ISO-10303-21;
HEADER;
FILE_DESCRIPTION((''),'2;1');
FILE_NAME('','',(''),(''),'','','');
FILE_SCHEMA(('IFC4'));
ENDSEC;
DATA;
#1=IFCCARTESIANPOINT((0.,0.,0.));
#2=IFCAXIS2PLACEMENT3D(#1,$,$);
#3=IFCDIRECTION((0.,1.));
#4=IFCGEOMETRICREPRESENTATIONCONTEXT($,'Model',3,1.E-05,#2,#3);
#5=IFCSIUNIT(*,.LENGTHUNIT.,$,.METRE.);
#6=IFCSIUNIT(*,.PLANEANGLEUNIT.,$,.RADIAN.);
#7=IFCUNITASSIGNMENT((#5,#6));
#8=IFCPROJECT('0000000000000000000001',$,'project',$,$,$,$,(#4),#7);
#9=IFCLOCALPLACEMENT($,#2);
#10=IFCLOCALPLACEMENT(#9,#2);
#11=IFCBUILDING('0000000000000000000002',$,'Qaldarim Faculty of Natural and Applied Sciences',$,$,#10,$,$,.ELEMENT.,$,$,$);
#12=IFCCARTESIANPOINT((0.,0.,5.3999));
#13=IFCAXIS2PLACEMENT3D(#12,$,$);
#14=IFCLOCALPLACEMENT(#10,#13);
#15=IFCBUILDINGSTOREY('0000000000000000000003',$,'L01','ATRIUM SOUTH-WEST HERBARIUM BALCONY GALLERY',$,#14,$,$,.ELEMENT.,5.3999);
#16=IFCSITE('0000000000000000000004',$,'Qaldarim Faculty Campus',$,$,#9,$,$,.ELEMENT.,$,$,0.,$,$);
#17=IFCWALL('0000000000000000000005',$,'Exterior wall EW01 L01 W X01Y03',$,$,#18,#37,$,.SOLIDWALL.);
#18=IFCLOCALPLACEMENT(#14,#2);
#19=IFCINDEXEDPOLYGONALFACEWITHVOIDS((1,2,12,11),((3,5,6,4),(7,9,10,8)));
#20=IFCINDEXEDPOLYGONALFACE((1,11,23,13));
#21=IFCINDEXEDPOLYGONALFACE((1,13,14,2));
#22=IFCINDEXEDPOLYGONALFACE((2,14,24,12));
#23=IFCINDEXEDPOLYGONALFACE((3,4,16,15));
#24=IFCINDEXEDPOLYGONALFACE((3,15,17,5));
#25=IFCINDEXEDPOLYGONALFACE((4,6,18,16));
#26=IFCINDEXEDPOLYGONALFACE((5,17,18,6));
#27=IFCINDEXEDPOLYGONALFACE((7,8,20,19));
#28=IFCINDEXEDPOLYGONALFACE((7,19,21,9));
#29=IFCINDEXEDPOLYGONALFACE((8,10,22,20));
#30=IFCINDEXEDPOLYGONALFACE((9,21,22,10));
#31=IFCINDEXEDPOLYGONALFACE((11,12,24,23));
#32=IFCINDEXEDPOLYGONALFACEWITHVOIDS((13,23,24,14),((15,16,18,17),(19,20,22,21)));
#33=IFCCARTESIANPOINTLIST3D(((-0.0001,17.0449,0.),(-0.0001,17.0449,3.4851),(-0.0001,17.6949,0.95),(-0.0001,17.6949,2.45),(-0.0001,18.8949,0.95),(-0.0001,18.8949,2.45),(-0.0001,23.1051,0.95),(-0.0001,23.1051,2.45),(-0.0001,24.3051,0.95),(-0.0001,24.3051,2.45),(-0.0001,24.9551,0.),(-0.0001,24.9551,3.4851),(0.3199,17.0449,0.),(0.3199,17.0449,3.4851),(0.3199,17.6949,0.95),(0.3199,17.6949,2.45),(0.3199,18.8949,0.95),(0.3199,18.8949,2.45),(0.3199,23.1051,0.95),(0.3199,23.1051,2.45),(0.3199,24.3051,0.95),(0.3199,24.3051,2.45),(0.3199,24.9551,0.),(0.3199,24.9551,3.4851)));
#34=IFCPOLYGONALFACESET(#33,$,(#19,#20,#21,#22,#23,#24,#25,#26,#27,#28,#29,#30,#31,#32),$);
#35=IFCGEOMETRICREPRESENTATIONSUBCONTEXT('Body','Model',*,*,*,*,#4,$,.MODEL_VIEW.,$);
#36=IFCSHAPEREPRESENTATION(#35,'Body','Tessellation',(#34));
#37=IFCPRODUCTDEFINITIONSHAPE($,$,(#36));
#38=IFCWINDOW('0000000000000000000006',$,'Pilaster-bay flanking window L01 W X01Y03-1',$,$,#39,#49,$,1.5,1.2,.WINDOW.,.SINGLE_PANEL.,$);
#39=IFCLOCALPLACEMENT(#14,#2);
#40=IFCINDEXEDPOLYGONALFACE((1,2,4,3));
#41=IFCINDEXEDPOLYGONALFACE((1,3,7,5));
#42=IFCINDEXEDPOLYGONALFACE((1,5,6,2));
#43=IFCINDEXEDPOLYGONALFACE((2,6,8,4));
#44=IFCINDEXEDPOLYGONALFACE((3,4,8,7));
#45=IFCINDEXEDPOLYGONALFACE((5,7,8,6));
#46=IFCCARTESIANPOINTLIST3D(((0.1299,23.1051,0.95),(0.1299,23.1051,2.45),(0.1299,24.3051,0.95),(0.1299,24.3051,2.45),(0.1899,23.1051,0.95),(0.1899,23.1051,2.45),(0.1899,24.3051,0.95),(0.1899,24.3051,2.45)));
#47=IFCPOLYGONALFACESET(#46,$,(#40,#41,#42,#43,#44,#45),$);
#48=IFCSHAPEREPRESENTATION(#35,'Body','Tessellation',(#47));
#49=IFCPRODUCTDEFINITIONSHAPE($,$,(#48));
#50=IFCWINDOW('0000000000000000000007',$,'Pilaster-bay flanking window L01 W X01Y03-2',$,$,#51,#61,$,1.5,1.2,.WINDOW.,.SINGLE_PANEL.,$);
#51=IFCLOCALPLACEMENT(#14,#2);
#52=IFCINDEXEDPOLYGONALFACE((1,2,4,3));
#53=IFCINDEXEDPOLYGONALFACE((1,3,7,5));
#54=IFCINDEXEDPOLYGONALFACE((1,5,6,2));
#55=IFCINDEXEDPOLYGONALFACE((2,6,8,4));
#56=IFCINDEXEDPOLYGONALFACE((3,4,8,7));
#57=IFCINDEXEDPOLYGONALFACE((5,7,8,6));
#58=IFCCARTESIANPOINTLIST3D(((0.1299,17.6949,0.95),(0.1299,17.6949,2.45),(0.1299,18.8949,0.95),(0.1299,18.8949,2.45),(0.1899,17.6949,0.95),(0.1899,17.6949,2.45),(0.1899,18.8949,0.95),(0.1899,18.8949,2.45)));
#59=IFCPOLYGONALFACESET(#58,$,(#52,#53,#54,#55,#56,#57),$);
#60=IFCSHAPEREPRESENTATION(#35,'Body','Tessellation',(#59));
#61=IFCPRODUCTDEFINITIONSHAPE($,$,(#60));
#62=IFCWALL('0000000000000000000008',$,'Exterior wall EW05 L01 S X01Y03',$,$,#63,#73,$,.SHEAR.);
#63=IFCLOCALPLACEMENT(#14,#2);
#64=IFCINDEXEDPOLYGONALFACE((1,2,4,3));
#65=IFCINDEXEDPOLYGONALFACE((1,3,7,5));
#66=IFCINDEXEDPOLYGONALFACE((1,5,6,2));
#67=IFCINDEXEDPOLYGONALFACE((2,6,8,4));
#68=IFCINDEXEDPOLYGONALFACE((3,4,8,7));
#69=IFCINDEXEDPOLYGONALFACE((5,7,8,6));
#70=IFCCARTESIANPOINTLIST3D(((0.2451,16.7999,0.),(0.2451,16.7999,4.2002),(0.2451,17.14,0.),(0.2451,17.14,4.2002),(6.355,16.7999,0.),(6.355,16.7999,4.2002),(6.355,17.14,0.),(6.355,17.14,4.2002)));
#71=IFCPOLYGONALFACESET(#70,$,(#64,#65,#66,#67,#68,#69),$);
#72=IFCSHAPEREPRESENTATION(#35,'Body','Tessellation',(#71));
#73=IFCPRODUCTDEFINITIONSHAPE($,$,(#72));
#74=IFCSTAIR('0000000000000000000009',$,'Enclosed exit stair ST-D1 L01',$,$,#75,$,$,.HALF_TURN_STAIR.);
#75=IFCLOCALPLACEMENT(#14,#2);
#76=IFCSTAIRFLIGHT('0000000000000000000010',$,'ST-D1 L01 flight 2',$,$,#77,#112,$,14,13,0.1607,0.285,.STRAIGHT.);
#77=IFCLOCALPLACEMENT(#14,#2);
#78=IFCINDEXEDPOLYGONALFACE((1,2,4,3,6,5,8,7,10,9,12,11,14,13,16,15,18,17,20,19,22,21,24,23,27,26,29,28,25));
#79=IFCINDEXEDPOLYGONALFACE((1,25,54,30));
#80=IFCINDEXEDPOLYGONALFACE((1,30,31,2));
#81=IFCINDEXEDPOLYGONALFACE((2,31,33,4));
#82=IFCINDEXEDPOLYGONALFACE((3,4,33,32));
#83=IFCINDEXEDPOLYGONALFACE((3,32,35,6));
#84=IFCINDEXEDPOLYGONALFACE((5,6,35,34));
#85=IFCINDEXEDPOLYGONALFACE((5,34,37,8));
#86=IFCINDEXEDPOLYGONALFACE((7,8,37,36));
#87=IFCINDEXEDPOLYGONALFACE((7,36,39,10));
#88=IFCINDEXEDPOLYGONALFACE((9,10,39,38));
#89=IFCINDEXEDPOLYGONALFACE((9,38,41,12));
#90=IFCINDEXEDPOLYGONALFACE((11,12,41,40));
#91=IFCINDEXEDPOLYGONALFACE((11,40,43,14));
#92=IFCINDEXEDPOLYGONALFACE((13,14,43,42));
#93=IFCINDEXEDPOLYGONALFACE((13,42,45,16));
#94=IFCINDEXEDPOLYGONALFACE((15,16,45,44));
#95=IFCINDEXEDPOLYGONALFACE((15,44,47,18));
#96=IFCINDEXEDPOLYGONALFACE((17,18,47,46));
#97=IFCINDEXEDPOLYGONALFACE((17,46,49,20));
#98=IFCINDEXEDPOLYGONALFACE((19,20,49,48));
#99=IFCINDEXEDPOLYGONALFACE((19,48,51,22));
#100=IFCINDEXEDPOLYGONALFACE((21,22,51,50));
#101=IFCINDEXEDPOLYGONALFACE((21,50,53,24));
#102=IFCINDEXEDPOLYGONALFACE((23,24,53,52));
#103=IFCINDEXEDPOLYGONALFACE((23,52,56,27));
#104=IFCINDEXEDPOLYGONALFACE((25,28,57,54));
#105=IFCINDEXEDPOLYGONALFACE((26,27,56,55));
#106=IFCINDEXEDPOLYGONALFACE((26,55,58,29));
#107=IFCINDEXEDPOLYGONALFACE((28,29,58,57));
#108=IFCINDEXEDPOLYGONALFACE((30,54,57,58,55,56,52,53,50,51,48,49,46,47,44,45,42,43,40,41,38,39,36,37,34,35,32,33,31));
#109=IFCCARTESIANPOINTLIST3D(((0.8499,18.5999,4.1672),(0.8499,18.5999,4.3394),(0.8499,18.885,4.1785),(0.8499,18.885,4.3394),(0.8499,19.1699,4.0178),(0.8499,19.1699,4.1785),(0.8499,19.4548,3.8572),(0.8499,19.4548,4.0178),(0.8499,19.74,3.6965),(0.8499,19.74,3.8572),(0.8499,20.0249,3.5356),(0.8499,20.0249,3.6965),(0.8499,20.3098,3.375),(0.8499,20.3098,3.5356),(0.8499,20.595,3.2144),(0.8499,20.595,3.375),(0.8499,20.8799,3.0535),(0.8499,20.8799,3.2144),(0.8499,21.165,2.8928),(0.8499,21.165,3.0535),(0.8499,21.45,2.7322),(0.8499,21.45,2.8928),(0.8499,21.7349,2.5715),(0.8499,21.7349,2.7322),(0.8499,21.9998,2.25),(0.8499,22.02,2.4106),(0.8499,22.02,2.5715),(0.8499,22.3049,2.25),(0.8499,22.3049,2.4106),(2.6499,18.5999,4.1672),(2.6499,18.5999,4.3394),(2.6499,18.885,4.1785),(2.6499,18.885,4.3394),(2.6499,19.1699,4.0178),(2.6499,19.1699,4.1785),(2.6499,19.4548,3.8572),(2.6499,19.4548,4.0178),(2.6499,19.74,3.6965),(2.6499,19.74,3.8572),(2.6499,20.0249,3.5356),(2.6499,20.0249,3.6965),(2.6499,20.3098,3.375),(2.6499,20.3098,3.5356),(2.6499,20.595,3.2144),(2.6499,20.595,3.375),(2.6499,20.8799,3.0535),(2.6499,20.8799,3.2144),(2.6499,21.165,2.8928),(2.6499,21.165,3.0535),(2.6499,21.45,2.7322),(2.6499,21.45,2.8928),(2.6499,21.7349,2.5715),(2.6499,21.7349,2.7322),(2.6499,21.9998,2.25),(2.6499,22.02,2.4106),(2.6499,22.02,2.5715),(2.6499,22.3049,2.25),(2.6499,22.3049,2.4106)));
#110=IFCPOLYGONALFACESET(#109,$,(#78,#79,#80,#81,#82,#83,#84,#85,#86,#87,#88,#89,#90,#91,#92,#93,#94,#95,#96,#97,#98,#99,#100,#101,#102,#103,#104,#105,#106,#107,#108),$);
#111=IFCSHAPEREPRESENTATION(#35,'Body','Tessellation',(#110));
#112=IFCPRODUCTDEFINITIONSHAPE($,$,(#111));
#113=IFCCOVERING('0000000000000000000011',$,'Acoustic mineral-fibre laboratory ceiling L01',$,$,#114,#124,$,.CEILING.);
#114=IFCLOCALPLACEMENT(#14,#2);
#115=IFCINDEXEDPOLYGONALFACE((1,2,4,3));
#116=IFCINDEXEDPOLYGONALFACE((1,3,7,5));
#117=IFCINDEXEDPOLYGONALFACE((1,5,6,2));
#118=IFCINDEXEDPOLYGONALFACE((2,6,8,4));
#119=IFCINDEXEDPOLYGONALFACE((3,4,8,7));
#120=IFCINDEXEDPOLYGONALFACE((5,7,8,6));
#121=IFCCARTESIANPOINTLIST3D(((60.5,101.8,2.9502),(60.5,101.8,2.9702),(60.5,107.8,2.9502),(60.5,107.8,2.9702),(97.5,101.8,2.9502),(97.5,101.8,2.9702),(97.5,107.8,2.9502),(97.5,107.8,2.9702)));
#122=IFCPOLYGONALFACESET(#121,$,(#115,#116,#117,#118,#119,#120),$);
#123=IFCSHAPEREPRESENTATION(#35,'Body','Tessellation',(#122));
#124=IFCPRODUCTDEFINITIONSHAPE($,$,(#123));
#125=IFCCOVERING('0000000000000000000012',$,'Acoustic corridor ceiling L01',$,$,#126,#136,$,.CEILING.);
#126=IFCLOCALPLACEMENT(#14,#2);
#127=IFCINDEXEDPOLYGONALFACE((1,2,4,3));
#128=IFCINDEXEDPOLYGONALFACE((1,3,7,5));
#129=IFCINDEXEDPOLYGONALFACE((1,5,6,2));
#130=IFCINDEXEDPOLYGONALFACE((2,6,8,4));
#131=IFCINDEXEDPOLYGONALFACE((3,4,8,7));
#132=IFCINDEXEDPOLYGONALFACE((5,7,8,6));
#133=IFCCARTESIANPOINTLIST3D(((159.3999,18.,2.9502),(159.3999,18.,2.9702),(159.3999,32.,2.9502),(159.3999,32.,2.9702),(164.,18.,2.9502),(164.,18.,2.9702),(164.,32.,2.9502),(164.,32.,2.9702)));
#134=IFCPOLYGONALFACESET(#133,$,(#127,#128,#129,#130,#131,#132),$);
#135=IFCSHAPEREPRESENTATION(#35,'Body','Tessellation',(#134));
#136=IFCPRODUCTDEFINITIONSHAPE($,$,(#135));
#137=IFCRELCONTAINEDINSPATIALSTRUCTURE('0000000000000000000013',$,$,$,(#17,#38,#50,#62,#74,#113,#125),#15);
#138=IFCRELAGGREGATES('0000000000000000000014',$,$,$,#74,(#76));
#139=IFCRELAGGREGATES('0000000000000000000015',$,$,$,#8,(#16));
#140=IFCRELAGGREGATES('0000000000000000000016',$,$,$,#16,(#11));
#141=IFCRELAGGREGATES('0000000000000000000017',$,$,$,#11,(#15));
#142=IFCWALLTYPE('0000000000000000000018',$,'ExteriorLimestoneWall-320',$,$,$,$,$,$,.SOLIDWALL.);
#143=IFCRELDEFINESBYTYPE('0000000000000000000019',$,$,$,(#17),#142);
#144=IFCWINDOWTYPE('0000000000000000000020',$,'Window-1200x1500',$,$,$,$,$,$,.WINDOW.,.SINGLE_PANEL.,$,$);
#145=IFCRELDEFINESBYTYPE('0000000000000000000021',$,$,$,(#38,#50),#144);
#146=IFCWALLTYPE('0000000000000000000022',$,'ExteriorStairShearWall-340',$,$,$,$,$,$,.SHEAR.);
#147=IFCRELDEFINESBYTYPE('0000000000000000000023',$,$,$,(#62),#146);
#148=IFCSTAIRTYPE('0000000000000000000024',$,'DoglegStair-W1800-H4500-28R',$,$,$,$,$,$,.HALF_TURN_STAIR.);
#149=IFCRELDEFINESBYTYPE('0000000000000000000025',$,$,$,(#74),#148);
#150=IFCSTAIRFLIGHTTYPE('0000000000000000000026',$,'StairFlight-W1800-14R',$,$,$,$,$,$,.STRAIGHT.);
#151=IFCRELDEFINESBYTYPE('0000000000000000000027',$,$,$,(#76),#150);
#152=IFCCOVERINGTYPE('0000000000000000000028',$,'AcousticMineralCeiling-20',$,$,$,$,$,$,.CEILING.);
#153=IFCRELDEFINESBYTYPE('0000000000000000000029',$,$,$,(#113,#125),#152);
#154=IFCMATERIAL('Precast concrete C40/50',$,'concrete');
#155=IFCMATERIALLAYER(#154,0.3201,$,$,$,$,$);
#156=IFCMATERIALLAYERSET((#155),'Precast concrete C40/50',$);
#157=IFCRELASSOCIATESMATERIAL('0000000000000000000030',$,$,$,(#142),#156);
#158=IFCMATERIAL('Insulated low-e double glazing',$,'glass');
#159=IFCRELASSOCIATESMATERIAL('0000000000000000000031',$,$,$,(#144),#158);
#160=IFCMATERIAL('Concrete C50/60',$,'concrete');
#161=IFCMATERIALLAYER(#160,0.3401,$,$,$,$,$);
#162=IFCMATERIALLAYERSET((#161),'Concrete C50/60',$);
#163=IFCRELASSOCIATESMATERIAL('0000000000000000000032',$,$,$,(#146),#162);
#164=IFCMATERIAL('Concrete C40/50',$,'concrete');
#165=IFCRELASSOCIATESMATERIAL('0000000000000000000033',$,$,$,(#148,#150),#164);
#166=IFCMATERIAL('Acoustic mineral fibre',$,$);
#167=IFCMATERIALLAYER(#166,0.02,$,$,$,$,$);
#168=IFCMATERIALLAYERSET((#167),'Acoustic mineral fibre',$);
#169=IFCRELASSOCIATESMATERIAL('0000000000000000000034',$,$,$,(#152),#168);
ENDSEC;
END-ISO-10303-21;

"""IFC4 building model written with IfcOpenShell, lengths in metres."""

from ifc_helpers import new_model, si_unit, direction, frame, frame_2d, origin, place, context, subcontext, project, spatial, polyline, rectangle, outline, extrude, material, layer, layer_set, type_object, element, fill, aggregate, save


model = new_model("IFC4")

# Units and contexts
model_context = context("Model", 3, precision=1e-05, world=origin(), true_north=direction((0.0, 1.0)))
body_context = subcontext(model_context, "Body", "Model", "MODEL_VIEW")
ifc_project = project(units=[si_unit("LENGTHUNIT", "METRE"), si_unit("PLANEANGLEUNIT", "RADIAN")], contexts=[model_context])

# Site, building, storey
site_placement = place(None, origin())
site = spatial("IfcSite", under=ifc_project, at=site_placement, Name="Qaldarim Faculty Campus", CompositionType="ELEMENT", RefElevation=0.0)
building_placement = place(site_placement, origin())
building = spatial("IfcBuilding", under=site, at=building_placement, Name="Qaldarim Faculty of Natural and Applied Sciences", CompositionType="ELEMENT")
storey_placement = place(building_placement, frame((0.0, 0.0, 5.3999)))
storey = spatial("IfcBuildingStorey", under=building, at=storey_placement, Name="L01", Description="ATRIUM SOUTH-WEST HERBARIUM BALCONY GALLERY", CompositionType="ELEMENT", Elevation=5.3999)

# Shared definitions
ifc_material_1 = material(Name="Concrete C50/60", Category="concrete")

# Shared definitions
ifc_material_2 = material(Name="Concrete C40/50", Category="concrete")

# Wall, openings, windows
ifc_material_3 = material(Name="Precast concrete C40/50", Category="concrete")
ifc_layer_1 = layer(ifc_material_3, 0.3201)
ifc_layer_set_1 = layer_set([ifc_layer_1], Name="Precast concrete C40/50")
wall_type_1 = type_object("IfcWallType", Name="ExteriorLimestoneWall-320", PredefinedType="SOLIDWALL", material=ifc_layer_set_1)
wall_1_placement = place(storey_placement, frame((0.1599, 24.9551, 0.0), z_axis=(0.0, 0.0, 1.0), x_axis=(0.0, -1.0, 0.0)))
wall_1 = element("IfcWall", 1, at=wall_1_placement, inside=storey, type_object=wall_type_1, Name="Exterior wall EW01 L01 W X01Y03", PredefinedType="SOLIDWALL", context=body_context, shape_type="SweptSolid", body=[
    extrude(rectangle(XDim=7.9102, YDim=0.3201, at=frame_2d((3.9551, 0.0))), origin(), (0.0, 0.0, 1.0), 3.4851),
])
opening_1_placement = place(wall_1_placement, frame((0.6499, 0.0, 0.95)))
opening_1 = element("IfcOpeningElement", 2, at=opening_1_placement, cuts=wall_1, PredefinedType="OPENING", context=body_context, shape_type="SweptSolid", body=[
    extrude(rectangle(XDim=1.2, YDim=1.5, at=frame_2d((0.6001, 0.75))), frame((0.0, 0.1699, 0.0), z_axis=(0.0, -1.0, 0.0), x_axis=(1.0, 0.0, 0.0)), (0.0, 0.0, 1.0), 0.3401),
])
opening_2_placement = place(wall_1_placement, frame((6.0601, 0.0, 0.95)))
opening_2 = element("IfcOpeningElement", 3, at=opening_2_placement, cuts=wall_1, PredefinedType="OPENING", context=body_context, shape_type="SweptSolid", body=[
    extrude(rectangle(XDim=1.2, YDim=1.5, at=frame_2d((0.6001, 0.75))), frame((0.0, 0.1699, 0.0), z_axis=(0.0, -1.0, 0.0), x_axis=(1.0, 0.0, 0.0)), (0.0, 0.0, 1.0), 0.3401),
])
ifc_material_4 = material(Name="Insulated low-e double glazing", Category="glass")
window_type = type_object("IfcWindowType", Name="Window-1200x1500", PartitioningType="SINGLE_PANEL", PredefinedType="WINDOW", material=ifc_material_4)
window_1_placement = place(opening_1_placement, origin())
window_1 = element("IfcWindow", 4, at=window_1_placement, inside=storey, type_object=window_type, Name="Pilaster-bay flanking window L01 W X01Y03-1", OverallHeight=1.5, OverallWidth=1.2, PartitioningType="SINGLE_PANEL", PredefinedType="WINDOW", context=body_context, shape_type="SweptSolid", body=[
    extrude(rectangle(XDim=1.2, YDim=1.5, at=frame_2d((0.6001, 0.75))), frame((0.0, 0.03, 0.0), z_axis=(0.0, -1.0, 0.0), x_axis=(1.0, 0.0, 0.0)), (0.0, 0.0, 1.0), 0.0601),
])
fill(opening_1, window_1)
window_2_placement = place(opening_2_placement, origin())
window_2 = element("IfcWindow", 5, at=window_2_placement, inside=storey, type_object=window_type, Name="Pilaster-bay flanking window L01 W X01Y03-2", OverallHeight=1.5, OverallWidth=1.2, PartitioningType="SINGLE_PANEL", PredefinedType="WINDOW", context=body_context, shape_type="SweptSolid", body=[
    extrude(rectangle(XDim=1.2, YDim=1.5, at=frame_2d((0.6001, 0.75))), frame((0.0, 0.03, 0.0), z_axis=(0.0, -1.0, 0.0), x_axis=(1.0, 0.0, 0.0)), (0.0, 0.0, 1.0), 0.0601),
])
fill(opening_2, window_2)

# Wall
ifc_layer_2 = layer(ifc_material_1, 0.3401)
ifc_layer_set_2 = layer_set([ifc_layer_2], Name="Concrete C50/60")
wall_type_2 = type_object("IfcWallType", Name="ExteriorStairShearWall-340", PredefinedType="SHEAR", material=ifc_layer_set_2)
wall_2_placement = place(storey_placement, frame((0.2451, 16.97, 0.0), z_axis=(0.0, 0.0, 1.0), x_axis=(1.0, 0.0, 0.0)))
element("IfcWall", 6, at=wall_2_placement, inside=storey, type_object=wall_type_2, Name="Exterior wall EW05 L01 S X01Y03", PredefinedType="SHEAR", context=body_context, shape_type="SweptSolid", body=[
    extrude(rectangle(XDim=6.1099, YDim=0.3401, at=frame_2d((3.0549, 0.0))), origin(), (0.0, 0.0, 1.0), 4.2002),
])

# Stair, stair flight
stair_type = type_object("IfcStairType", Name="DoglegStair-W1800-H4500-28R", PredefinedType="HALF_TURN_STAIR", material=ifc_material_2)
stair_placement = place(storey_placement, origin())
stair = element("IfcStair", 7, at=stair_placement, inside=storey, type_object=stair_type, Name="Enclosed exit stair ST-D1 L01", PredefinedType="HALF_TURN_STAIR")
stair_flight_type = type_object("IfcStairFlightType", Name="StairFlight-W1800-14R", PredefinedType="STRAIGHT", material=ifc_material_2)
stair_flight_placement = place(storey_placement, frame((1.75, 22.3049, 2.25), z_axis=(0.0, 0.0, 1.0), x_axis=(0.0, -1.0, 0.0)))
stair_flight = element("IfcStairFlight", 8, at=stair_flight_placement, type_object=stair_flight_type, Name="ST-D1 L01 flight 2", NumberOfRisers=14, NumberOfTreads=13, PredefinedType="STRAIGHT", RiserHeight=0.1607, TreadLength=0.285, context=body_context, shape_type="SweptSolid", body=[
    extrude(outline(polyline([(0.0, 0.0), (0.0, 0.1606), (0.2849, 0.1606), (0.2849, 0.3215), (0.5701, 0.3215), (0.5701, 0.4822), (0.855, 0.4822), (0.855, 0.6428), (1.1399, 0.6428), (1.1399, 0.8035), (1.425, 0.8035), (1.425, 0.9644), (1.71, 0.9644), (1.71, 1.125), (1.9951, 1.125), (1.9951, 1.2856), (2.28, 1.2856), (2.28, 1.4465), (2.5649, 1.4465), (2.5649, 1.6072), (2.8501, 1.6072), (2.8501, 1.7678), (3.135, 1.7678), (3.135, 1.9285), (3.4199, 1.9285), (3.4199, 2.0894), (3.7051, 2.0894), (3.7051, 2.25), (3.7051, 1.9172), (0.3052, 0.0), (0.0, 0.0)])), frame((0.0, 0.8999, 0.0), z_axis=(0.0, -1.0, 0.0), x_axis=(1.0, 0.0, 0.0)), (0.0, 0.0, 1.0), 1.8),
])
aggregate(stair, [stair_flight])

# Coverings
ifc_material_5 = material(Name="Acoustic mineral fibre")
ifc_layer_3 = layer(ifc_material_5, 0.02)
ifc_layer_set_3 = layer_set([ifc_layer_3], Name="Acoustic mineral fibre")
covering_type_1 = type_object("IfcCoveringType", Name="AcousticMineralCeiling-20", PredefinedType="CEILING", material=ifc_layer_set_3)
covering_1_placement = place(storey_placement, frame((0.0, 0.0, 2.9502)))
element("IfcCovering", 9, at=covering_1_placement, inside=storey, type_object=covering_type_1, Name="Acoustic mineral-fibre laboratory ceiling L01", PredefinedType="CEILING", context=body_context, shape_type="SweptSolid", body=[
    extrude(outline(polyline([(60.5, 101.8), (97.5, 101.8), (97.5, 107.8), (60.5, 107.8), (60.5, 101.8)])), origin(), (0.0, 0.0, 1.0), 0.02),
])
covering_2_placement = place(storey_placement, frame((0.0, 0.0, 2.9502)))
element("IfcCovering", 10, at=covering_2_placement, inside=storey, type_object=covering_type_1, Name="Acoustic corridor ceiling L01", PredefinedType="CEILING", context=body_context, shape_type="SweptSolid", body=[
    extrude(outline(polyline([(159.3999, 18.0), (164.0, 18.0), (164.0, 32.0), (159.3999, 32.0), (159.3999, 18.0)])), origin(), (0.0, 0.0, 1.0), 0.02),
])

save(model, "model.ifc")
